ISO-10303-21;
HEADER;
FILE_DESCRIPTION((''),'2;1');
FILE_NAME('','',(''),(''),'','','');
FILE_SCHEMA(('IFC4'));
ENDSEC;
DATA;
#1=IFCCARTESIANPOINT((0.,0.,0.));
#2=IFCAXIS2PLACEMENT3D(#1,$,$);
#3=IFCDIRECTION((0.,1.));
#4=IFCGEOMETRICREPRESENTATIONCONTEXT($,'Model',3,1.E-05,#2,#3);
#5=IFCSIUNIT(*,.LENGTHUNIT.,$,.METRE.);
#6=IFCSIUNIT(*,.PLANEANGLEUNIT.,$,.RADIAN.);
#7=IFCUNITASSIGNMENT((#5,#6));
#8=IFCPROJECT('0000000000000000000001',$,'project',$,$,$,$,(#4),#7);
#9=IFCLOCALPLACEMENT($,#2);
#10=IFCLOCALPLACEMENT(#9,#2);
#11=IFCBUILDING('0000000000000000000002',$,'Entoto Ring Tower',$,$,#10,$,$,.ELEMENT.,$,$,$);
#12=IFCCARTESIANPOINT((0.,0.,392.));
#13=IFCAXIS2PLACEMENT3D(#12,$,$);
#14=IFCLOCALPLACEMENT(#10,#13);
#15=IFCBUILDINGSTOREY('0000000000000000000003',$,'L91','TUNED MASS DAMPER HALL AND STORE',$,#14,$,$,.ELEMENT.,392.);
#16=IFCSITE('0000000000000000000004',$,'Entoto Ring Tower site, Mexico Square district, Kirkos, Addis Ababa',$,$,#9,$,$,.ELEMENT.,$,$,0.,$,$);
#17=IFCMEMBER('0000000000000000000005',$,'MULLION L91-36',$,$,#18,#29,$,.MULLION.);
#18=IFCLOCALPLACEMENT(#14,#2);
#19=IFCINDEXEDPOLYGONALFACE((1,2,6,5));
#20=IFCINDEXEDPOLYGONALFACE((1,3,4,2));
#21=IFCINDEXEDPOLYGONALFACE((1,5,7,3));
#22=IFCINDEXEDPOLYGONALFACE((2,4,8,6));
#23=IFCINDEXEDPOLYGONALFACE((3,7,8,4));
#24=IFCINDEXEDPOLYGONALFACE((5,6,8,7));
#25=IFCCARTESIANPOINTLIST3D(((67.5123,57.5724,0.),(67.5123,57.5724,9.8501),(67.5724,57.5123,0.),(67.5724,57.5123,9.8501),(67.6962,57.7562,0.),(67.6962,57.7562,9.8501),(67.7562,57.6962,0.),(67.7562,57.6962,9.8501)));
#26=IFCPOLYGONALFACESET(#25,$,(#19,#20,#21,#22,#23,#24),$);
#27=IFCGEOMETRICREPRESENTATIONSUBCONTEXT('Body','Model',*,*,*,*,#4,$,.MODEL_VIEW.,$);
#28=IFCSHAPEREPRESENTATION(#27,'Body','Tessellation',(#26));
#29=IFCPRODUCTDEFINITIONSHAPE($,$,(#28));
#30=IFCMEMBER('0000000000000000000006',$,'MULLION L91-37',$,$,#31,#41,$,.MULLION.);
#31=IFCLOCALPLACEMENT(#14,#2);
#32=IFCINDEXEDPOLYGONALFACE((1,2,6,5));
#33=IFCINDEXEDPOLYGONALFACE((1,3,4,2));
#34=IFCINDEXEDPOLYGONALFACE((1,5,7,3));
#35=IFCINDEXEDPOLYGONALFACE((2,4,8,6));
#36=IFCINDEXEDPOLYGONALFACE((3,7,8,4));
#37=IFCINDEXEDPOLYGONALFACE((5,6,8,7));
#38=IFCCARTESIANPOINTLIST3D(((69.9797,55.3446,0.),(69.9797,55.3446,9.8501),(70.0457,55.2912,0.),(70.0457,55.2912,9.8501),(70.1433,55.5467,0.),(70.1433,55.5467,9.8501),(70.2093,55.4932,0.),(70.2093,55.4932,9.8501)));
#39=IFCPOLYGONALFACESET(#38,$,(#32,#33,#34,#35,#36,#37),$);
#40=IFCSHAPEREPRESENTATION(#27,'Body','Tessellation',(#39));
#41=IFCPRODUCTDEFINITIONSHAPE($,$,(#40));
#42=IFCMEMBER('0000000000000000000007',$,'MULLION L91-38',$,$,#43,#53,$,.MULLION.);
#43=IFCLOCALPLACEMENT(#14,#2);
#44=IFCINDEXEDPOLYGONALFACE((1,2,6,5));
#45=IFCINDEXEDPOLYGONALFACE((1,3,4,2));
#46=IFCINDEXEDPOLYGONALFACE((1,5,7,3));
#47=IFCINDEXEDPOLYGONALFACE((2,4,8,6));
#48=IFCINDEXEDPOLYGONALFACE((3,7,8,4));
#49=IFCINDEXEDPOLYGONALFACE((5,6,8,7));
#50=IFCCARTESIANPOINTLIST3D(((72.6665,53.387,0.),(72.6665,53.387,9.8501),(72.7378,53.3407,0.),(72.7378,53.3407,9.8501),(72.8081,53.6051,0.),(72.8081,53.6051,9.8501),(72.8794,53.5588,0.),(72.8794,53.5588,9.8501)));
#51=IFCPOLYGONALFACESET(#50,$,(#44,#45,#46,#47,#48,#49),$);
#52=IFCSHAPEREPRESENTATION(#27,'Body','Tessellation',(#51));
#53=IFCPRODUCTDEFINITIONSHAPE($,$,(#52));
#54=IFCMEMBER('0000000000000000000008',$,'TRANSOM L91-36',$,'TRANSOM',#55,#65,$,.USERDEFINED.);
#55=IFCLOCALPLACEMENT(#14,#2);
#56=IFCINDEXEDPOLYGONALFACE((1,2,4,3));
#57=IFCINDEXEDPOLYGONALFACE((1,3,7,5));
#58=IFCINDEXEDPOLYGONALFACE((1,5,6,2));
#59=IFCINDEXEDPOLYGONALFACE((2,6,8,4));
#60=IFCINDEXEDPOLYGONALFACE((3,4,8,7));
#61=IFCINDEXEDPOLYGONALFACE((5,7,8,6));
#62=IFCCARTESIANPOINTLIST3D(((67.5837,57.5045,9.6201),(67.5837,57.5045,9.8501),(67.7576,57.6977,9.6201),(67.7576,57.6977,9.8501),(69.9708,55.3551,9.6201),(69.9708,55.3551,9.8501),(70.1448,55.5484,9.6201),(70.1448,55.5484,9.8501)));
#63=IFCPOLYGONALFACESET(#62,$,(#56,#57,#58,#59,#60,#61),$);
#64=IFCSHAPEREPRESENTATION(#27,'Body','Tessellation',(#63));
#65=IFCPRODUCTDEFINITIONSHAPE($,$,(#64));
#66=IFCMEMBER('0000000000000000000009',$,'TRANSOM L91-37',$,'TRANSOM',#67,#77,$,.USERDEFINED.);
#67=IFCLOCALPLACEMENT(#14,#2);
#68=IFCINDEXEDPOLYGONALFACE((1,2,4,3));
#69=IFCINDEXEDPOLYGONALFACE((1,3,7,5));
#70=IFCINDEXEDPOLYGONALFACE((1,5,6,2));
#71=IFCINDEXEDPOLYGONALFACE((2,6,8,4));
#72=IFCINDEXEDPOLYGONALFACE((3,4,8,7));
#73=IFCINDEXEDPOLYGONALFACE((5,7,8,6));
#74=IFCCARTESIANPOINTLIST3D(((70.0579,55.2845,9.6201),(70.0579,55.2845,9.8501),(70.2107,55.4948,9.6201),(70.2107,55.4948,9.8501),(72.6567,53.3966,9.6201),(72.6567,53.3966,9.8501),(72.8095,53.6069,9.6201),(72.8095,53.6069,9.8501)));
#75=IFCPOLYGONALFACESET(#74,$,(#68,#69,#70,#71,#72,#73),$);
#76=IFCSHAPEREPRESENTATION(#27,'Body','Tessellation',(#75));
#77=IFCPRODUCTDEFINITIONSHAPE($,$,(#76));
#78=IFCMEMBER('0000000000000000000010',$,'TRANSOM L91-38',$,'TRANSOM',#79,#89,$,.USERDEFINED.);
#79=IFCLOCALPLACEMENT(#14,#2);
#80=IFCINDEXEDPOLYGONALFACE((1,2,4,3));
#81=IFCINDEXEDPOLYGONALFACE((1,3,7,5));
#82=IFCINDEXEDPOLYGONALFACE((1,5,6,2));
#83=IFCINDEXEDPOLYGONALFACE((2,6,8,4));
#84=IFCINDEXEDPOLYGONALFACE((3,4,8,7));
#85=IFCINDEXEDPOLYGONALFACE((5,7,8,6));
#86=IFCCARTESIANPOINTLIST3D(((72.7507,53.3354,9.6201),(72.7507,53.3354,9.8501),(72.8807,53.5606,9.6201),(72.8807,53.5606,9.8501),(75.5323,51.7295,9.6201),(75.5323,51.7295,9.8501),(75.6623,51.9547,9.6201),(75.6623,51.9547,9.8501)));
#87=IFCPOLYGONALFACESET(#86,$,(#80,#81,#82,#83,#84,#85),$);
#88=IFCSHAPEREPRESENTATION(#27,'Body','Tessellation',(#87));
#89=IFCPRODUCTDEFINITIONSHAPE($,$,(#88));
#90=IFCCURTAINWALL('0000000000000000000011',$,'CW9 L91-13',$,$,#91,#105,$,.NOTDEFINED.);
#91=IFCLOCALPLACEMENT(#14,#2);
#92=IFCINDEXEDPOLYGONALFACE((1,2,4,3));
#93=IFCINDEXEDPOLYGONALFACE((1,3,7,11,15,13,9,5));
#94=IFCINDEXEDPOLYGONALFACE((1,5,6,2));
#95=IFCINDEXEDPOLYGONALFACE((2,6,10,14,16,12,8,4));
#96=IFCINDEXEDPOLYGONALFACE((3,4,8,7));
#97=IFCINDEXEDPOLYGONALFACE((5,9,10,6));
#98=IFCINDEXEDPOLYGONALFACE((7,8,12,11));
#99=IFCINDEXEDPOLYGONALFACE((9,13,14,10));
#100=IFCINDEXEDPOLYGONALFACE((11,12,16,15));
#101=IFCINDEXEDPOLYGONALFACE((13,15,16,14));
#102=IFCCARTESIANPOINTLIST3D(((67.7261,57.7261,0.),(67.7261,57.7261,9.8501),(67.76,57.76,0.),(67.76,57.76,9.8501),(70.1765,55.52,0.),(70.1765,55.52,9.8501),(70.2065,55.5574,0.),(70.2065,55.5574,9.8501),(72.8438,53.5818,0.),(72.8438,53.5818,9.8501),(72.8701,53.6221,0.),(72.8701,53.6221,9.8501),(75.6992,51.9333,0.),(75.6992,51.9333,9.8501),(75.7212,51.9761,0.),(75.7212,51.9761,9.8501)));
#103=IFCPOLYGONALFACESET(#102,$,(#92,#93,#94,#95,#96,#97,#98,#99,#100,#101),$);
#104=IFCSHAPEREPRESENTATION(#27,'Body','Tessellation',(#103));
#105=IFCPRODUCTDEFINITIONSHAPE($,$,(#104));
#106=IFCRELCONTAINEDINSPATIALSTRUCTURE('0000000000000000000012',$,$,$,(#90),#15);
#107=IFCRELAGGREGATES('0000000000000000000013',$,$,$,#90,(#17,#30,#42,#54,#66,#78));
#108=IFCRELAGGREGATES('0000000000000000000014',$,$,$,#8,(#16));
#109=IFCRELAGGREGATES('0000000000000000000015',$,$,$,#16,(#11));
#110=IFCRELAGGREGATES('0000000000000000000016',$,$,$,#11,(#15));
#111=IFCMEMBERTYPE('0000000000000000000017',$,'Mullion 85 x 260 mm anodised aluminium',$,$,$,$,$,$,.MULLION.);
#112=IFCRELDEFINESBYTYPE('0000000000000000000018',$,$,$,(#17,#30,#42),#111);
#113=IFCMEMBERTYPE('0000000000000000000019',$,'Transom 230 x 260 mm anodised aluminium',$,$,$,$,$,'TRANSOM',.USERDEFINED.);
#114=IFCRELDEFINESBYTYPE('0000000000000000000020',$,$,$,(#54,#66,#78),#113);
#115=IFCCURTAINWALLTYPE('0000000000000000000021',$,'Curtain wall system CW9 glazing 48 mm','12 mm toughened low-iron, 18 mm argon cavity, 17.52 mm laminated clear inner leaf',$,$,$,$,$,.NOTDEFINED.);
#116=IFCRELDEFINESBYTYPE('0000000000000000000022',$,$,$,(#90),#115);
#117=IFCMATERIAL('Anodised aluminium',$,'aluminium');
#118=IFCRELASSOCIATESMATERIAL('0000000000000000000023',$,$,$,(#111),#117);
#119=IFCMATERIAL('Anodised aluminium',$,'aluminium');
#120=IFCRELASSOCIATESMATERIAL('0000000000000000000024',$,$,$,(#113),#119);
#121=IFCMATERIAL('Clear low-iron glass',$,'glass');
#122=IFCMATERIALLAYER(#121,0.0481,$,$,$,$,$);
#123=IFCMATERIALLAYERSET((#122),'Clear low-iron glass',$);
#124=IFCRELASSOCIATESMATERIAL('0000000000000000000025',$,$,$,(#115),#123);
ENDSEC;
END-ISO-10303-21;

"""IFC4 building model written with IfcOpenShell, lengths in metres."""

from ifc_helpers import new_model, si_unit, direction, frame, origin, origin_2d, place, context, subcontext, project, spatial, polyline, rectangle, outline, extrude, material, layer, layer_set, material_profile, profile_set, type_object, element, aggregate, save


model = new_model("IFC4")

# Units and contexts
model_context = context("Model", 3, precision=1e-05, world=origin(), true_north=direction((0.0, 1.0)))
body_context = subcontext(model_context, "Body", "Model", "MODEL_VIEW")
ifc_project = project(units=[si_unit("LENGTHUNIT", "METRE"), si_unit("PLANEANGLEUNIT", "RADIAN")], contexts=[model_context])

# Members
ifc_material_1 = material(Name="Anodised aluminium", Category="aluminium")
ifc_material_profile_1 = material_profile(ifc_material_1, rectangle(XDim=0.085, YDim=0.26, at=origin_2d()), Name="Mullion 85 x 260 mm anodised aluminium")
ifc_profile_set_1 = profile_set([ifc_material_profile_1], Name="Anodised aluminium")
member_type_1 = type_object("IfcMemberType", Name="Mullion 85 x 260 mm anodised aluminium", PredefinedType="MULLION", material=ifc_profile_set_1)
site_placement = place(None, origin())
building_placement = place(site_placement, origin())
storey_placement = place(building_placement, frame((0.0, 0.0, 392.0)))
member_1_placement = place(storey_placement, frame((67.6343, 57.6343, 0.0), z_axis=(0.0, 0.0, 1.0), x_axis=(0.707107, -0.707107, 0.0)))
member_1 = element("IfcMember", 1, at=member_1_placement, type_object=member_type_1, Name="MULLION L91-36", PredefinedType="MULLION", context=body_context, shape_type="SweptSolid", body=[
    extrude(rectangle(XDim=0.085, YDim=0.26, at=origin_2d()), origin(), (0.0, 0.0, 1.0), 9.8501),
])
member_2_placement = place(storey_placement, frame((70.0945, 55.4189, 0.0), z_axis=(0.0, 0.0, 1.0), x_axis=(0.777146, -0.62932, 0.0)))
member_2 = element("IfcMember", 2, at=member_2_placement, type_object=member_type_1, Name="MULLION L91-37", PredefinedType="MULLION", context=body_context, shape_type="SweptSolid", body=[
    extrude(rectangle(XDim=0.085, YDim=0.26, at=origin_2d()), origin(), (0.0, 0.0, 1.0), 9.8501),
])
member_3_placement = place(storey_placement, frame((72.7729, 53.4729, 0.0), z_axis=(0.0, 0.0, 1.0), x_axis=(0.838671, -0.544639, 0.0)))
member_3 = element("IfcMember", 3, at=member_3_placement, type_object=member_type_1, Name="MULLION L91-38", PredefinedType="MULLION", context=body_context, shape_type="SweptSolid", body=[
    extrude(rectangle(XDim=0.085, YDim=0.26, at=origin_2d()), origin(), (0.0, 0.0, 1.0), 9.8501),
])
ifc_material_2 = material(Name="Anodised aluminium", Category="aluminium")
ifc_material_profile_2 = material_profile(ifc_material_2, rectangle(XDim=0.26, YDim=0.23, at=origin_2d()), Name="Transom 230 x 260 mm anodised aluminium")
ifc_profile_set_2 = profile_set([ifc_material_profile_2], Name="Anodised aluminium")
member_type_2 = type_object("IfcMemberType", Name="Transom 230 x 260 mm anodised aluminium", ElementType="TRANSOM", PredefinedType="USERDEFINED", material=ifc_profile_set_2)
member_4_placement = place(storey_placement, frame((67.6707, 57.6011, 9.7351), z_axis=(0.743151, -0.669124, 0.0), x_axis=(0.669124, 0.743151, 0.0)))
member_4 = element("IfcMember", 4, at=member_4_placement, type_object=member_type_2, Name="TRANSOM L91-36", ObjectType="TRANSOM", PredefinedType="USERDEFINED", context=body_context, shape_type="SweptSolid", body=[
    extrude(rectangle(XDim=0.26, YDim=0.23, at=origin_2d()), origin(), (0.0, 0.0, 1.0), 3.2122),
])
member_5_placement = place(storey_placement, frame((70.1343, 55.3896, 9.7351), z_axis=(0.809055, -0.587733, 0.0), x_axis=(0.587733, 0.809055, 0.0)))
member_5 = element("IfcMember", 5, at=member_5_placement, type_object=member_type_2, Name="TRANSOM L91-37", ObjectType="TRANSOM", PredefinedType="USERDEFINED", context=body_context, shape_type="SweptSolid", body=[
    extrude(rectangle(XDim=0.26, YDim=0.23, at=origin_2d()), origin(), (0.0, 0.0, 1.0), 3.2122),
])
member_6_placement = place(storey_placement, frame((72.8157, 53.448, 9.7351), z_axis=(0.866036, -0.499981, 0.0), x_axis=(0.499981, 0.866036, 0.0)))
member_6 = element("IfcMember", 6, at=member_6_placement, type_object=member_type_2, Name="TRANSOM L91-38", ObjectType="TRANSOM", PredefinedType="USERDEFINED", context=body_context, shape_type="SweptSolid", body=[
    extrude(rectangle(XDim=0.26, YDim=0.23, at=origin_2d()), origin(), (0.0, 0.0, 1.0), 3.2119),
])

# Site, building, storey
site = spatial("IfcSite", under=ifc_project, at=site_placement, Name="Entoto Ring Tower site, Mexico Square district, Kirkos, Addis Ababa", CompositionType="ELEMENT", RefElevation=0.0)
building = spatial("IfcBuilding", under=site, at=building_placement, Name="Entoto Ring Tower", CompositionType="ELEMENT")
storey = spatial("IfcBuildingStorey", under=building, at=storey_placement, Name="L91", Description="TUNED MASS DAMPER HALL AND STORE", CompositionType="ELEMENT", Elevation=392.0)

# Curtain wall
ifc_material_3 = material(Name="Clear low-iron glass", Category="glass")
ifc_layer = layer(ifc_material_3, 0.0481)
ifc_layer_set = layer_set([ifc_layer], Name="Clear low-iron glass")
curtain_wall_type = type_object("IfcCurtainWallType", Name="Curtain wall system CW9 glazing 48 mm", Description="12 mm toughened low-iron, 18 mm argon cavity, 17.52 mm laminated clear inner leaf", PredefinedType="NOTDEFINED", material=ifc_layer_set)
curtain_wall_1_placement = place(storey_placement, origin())
curtain_wall_1 = element("IfcCurtainWall", 7, at=curtain_wall_1_placement, inside=storey, type_object=curtain_wall_type, Name="CW9 L91-13", PredefinedType="NOTDEFINED", context=body_context, shape_type="SweptSolid", body=[
    extrude(outline(polyline([(67.7261, 57.7261), (70.1765, 55.52), (72.8438, 53.5818), (75.6992, 51.9333), (75.7212, 51.9761), (72.8701, 53.6221), (70.2065, 55.5574), (67.76, 57.76), (67.7261, 57.7261)])), origin(), (0.0, 0.0, 1.0), 9.8501),
])
aggregate(curtain_wall_1, [member_1, member_2, member_3, member_4, member_5, member_6])

save(model, "model.ifc")
